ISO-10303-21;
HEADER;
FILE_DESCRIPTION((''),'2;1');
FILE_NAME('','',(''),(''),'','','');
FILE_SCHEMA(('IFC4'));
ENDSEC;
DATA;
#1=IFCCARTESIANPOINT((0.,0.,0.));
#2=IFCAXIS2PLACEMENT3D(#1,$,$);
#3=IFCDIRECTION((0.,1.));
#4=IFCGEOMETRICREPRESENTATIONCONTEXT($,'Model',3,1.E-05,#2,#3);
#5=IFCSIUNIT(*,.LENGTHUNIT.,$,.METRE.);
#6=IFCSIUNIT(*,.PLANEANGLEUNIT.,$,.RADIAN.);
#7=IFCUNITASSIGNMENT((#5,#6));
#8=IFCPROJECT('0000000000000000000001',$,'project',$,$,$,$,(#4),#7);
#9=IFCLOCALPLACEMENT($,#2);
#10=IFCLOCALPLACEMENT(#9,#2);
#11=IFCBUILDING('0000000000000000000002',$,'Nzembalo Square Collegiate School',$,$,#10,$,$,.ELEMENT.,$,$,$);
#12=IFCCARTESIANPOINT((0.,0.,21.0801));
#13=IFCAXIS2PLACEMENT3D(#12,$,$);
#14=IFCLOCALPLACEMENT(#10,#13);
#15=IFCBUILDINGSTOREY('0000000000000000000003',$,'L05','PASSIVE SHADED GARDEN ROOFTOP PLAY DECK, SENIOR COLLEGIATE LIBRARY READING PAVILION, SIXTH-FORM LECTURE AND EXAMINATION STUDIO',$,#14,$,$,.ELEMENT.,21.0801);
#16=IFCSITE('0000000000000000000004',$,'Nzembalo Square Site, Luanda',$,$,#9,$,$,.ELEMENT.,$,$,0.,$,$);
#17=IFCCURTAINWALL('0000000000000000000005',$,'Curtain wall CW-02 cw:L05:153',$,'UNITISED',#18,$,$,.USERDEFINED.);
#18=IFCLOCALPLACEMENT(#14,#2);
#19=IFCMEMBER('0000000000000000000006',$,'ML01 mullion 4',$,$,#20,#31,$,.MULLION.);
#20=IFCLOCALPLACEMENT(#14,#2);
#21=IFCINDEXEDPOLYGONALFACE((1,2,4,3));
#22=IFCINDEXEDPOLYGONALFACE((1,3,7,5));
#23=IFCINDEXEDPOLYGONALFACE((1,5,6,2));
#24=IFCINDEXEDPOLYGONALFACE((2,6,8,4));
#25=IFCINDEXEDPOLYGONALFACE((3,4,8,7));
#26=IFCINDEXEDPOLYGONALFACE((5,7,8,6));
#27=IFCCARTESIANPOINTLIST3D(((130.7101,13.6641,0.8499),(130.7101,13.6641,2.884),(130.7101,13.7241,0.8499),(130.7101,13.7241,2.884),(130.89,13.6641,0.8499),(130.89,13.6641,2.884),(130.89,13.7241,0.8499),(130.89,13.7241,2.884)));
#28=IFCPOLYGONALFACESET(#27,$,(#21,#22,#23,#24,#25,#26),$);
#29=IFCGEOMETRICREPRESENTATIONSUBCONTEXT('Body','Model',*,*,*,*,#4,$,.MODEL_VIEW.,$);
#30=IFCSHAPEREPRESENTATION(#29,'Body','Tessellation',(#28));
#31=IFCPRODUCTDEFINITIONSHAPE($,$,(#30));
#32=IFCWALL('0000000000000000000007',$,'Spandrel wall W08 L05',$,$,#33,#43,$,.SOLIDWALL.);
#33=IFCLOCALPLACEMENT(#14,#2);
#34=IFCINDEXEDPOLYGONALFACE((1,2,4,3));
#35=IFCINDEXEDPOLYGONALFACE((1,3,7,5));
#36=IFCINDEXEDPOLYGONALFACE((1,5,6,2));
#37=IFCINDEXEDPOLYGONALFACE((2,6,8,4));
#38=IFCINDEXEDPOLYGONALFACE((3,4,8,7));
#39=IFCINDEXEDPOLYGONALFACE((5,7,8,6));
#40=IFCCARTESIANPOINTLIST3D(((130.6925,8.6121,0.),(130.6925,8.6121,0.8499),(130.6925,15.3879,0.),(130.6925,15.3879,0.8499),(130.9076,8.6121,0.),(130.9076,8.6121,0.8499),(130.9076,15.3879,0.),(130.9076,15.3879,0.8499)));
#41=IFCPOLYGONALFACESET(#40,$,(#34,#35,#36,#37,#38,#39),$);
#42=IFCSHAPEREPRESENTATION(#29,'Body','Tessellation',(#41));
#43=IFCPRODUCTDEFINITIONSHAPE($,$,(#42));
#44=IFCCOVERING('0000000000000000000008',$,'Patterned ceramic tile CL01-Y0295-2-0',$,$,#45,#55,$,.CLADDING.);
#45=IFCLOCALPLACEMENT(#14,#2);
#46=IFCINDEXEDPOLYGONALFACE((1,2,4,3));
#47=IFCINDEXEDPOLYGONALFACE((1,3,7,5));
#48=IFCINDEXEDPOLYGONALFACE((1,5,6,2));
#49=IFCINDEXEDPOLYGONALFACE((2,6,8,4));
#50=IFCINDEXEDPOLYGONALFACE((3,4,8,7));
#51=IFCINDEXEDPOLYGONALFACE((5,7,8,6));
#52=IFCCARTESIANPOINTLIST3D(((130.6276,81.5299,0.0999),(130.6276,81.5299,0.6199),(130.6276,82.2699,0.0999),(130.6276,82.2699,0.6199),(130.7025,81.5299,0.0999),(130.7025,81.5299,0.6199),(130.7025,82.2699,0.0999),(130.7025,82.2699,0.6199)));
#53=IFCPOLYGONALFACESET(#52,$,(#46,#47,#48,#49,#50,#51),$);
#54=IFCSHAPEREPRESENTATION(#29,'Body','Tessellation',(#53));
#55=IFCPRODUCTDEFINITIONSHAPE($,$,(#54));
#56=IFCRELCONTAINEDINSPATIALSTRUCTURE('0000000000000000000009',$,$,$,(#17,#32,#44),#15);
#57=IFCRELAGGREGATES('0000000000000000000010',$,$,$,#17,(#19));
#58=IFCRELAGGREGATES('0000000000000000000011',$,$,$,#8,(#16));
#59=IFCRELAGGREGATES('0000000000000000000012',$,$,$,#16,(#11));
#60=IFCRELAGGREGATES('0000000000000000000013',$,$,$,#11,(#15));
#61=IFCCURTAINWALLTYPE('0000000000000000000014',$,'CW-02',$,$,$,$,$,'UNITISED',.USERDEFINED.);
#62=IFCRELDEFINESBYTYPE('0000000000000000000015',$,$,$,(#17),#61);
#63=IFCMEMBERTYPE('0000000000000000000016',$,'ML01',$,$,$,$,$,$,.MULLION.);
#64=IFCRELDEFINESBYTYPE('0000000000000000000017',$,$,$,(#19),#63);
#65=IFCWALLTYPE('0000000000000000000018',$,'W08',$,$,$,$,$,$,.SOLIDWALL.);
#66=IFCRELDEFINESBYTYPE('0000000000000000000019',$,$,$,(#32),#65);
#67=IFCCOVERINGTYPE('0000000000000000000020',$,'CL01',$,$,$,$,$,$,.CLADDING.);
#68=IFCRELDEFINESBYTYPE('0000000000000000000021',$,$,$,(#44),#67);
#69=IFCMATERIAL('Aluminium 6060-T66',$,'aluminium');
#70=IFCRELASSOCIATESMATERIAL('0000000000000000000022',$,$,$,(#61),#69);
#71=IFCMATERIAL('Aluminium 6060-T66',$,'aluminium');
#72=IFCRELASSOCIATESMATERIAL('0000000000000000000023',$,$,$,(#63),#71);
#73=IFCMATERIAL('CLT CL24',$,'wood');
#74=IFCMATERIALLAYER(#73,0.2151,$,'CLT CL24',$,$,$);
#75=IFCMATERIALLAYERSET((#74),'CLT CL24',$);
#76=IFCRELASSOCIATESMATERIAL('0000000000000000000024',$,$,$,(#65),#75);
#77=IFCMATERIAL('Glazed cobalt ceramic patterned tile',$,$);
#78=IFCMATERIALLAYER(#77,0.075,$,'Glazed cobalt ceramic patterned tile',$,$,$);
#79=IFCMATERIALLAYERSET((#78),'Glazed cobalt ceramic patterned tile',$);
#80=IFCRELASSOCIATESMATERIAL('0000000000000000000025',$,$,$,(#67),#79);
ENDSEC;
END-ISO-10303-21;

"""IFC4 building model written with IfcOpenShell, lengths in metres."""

from ifc_helpers import new_model, si_unit, direction, frame, frame_2d, origin, origin_2d, place, context, subcontext, project, spatial, rectangle, extrude, material, layer, layer_set, material_profile, profile_set, type_object, element, aggregate, save


model = new_model("IFC4")

# Units and contexts
model_context = context("Model", 3, precision=1e-05, world=origin(), true_north=direction((0.0, 1.0)))
body_context = subcontext(model_context, "Body", "Model", "MODEL_VIEW")
ifc_project = project(units=[si_unit("LENGTHUNIT", "METRE"), si_unit("PLANEANGLEUNIT", "RADIAN")], contexts=[model_context])

# Site, building, storey
site_placement = place(None, origin())
site = spatial("IfcSite", under=ifc_project, at=site_placement, Name="Nzembalo Square Site, Luanda", CompositionType="ELEMENT", RefElevation=0.0)
building_placement = place(site_placement, origin())
building = spatial("IfcBuilding", under=site, at=building_placement, Name="Nzembalo Square Collegiate School", CompositionType="ELEMENT")
storey_placement = place(building_placement, frame((0.0, 0.0, 21.0801)))
storey = spatial("IfcBuildingStorey", under=building, at=storey_placement, Name="L05", Description="PASSIVE SHADED GARDEN ROOFTOP PLAY DECK, SENIOR COLLEGIATE LIBRARY READING PAVILION, SIXTH-FORM LECTURE AND EXAMINATION STUDIO", CompositionType="ELEMENT", Elevation=21.0801)

# Curtain wall, member
ifc_material_1 = material(Name="Aluminium 6060-T66", Category="aluminium")
curtain_wall_type = type_object("IfcCurtainWallType", Name="CW-02", ElementType="UNITISED", PredefinedType="USERDEFINED", material=ifc_material_1)
curtain_wall_placement = place(storey_placement, origin())
curtain_wall = element("IfcCurtainWall", 1, at=curtain_wall_placement, inside=storey, type_object=curtain_wall_type, Name="Curtain wall CW-02 cw:L05:153", ObjectType="UNITISED", PredefinedType="USERDEFINED")
ifc_material_2 = material(Name="Aluminium 6060-T66", Category="aluminium")
ifc_material_profile_1 = material_profile(ifc_material_2, rectangle(XDim=0.0601, YDim=0.1799, at=origin_2d()), Name="ALU M60x180")
ifc_profile_set_1 = profile_set([ifc_material_profile_1], Name="Aluminium 6060-T66")
member_type = type_object("IfcMemberType", Name="ML01", PredefinedType="MULLION", material=ifc_profile_set_1)
member_1_placement = place(storey_placement, frame((130.8, 13.6941, 0.8499), z_axis=(0.0, 0.0, 1.0), x_axis=(0.0, 1.0, 0.0)))
member_1 = element("IfcMember", 2, at=member_1_placement, type_object=member_type, Name="ML01 mullion 4", PredefinedType="MULLION", context=body_context, shape_type="SweptSolid", body=[
    extrude(rectangle(XDim=0.0601, YDim=0.1799, at=origin_2d()), origin(), (0.0, 0.0, 1.0), 2.0342),
])
aggregate(curtain_wall, [member_1])

# Wall
ifc_material_3 = material(Name="CLT CL24", Category="wood")
ifc_layer_1 = layer(ifc_material_3, 0.2151, Name="CLT CL24")
ifc_layer_set_1 = layer_set([ifc_layer_1], Name="CLT CL24")
wall_type = type_object("IfcWallType", Name="W08", PredefinedType="SOLIDWALL", material=ifc_layer_set_1)
wall_placement = place(storey_placement, frame((130.8, 8.6121, 0.0), z_axis=(0.0, 0.0, 1.0), x_axis=(0.0, 1.0, 0.0)))
element("IfcWall", 3, at=wall_placement, inside=storey, type_object=wall_type, Name="Spandrel wall W08 L05", PredefinedType="SOLIDWALL", context=body_context, shape_type="SweptSolid", body=[
    extrude(rectangle(XDim=6.7759, YDim=0.2151, at=frame_2d((3.3879, 0.0))), origin(), (0.0, 0.0, 1.0), 0.8499),
])

# Covering
ifc_material_4 = material(Name="Glazed cobalt ceramic patterned tile")
ifc_layer_2 = layer(ifc_material_4, 0.075, Name="Glazed cobalt ceramic patterned tile")
ifc_layer_set_2 = layer_set([ifc_layer_2], Name="Glazed cobalt ceramic patterned tile")
covering_type = type_object("IfcCoveringType", Name="CL01", PredefinedType="CLADDING", material=ifc_layer_set_2)
covering_placement = place(storey_placement, frame((130.665, 81.8999, 0.0999), z_axis=(0.0, 0.0, 1.0), x_axis=(1.0, 0.0, 0.0)))
element("IfcCovering", 4, at=covering_placement, inside=storey, type_object=covering_type, Name="Patterned ceramic tile CL01-Y0295-2-0", PredefinedType="CLADDING", context=body_context, shape_type="SweptSolid", body=[
    extrude(rectangle(XDim=0.075, YDim=0.74, at=origin_2d()), origin(), (0.0, 0.0, 1.0), 0.52),
])

save(model, "model.ifc")
